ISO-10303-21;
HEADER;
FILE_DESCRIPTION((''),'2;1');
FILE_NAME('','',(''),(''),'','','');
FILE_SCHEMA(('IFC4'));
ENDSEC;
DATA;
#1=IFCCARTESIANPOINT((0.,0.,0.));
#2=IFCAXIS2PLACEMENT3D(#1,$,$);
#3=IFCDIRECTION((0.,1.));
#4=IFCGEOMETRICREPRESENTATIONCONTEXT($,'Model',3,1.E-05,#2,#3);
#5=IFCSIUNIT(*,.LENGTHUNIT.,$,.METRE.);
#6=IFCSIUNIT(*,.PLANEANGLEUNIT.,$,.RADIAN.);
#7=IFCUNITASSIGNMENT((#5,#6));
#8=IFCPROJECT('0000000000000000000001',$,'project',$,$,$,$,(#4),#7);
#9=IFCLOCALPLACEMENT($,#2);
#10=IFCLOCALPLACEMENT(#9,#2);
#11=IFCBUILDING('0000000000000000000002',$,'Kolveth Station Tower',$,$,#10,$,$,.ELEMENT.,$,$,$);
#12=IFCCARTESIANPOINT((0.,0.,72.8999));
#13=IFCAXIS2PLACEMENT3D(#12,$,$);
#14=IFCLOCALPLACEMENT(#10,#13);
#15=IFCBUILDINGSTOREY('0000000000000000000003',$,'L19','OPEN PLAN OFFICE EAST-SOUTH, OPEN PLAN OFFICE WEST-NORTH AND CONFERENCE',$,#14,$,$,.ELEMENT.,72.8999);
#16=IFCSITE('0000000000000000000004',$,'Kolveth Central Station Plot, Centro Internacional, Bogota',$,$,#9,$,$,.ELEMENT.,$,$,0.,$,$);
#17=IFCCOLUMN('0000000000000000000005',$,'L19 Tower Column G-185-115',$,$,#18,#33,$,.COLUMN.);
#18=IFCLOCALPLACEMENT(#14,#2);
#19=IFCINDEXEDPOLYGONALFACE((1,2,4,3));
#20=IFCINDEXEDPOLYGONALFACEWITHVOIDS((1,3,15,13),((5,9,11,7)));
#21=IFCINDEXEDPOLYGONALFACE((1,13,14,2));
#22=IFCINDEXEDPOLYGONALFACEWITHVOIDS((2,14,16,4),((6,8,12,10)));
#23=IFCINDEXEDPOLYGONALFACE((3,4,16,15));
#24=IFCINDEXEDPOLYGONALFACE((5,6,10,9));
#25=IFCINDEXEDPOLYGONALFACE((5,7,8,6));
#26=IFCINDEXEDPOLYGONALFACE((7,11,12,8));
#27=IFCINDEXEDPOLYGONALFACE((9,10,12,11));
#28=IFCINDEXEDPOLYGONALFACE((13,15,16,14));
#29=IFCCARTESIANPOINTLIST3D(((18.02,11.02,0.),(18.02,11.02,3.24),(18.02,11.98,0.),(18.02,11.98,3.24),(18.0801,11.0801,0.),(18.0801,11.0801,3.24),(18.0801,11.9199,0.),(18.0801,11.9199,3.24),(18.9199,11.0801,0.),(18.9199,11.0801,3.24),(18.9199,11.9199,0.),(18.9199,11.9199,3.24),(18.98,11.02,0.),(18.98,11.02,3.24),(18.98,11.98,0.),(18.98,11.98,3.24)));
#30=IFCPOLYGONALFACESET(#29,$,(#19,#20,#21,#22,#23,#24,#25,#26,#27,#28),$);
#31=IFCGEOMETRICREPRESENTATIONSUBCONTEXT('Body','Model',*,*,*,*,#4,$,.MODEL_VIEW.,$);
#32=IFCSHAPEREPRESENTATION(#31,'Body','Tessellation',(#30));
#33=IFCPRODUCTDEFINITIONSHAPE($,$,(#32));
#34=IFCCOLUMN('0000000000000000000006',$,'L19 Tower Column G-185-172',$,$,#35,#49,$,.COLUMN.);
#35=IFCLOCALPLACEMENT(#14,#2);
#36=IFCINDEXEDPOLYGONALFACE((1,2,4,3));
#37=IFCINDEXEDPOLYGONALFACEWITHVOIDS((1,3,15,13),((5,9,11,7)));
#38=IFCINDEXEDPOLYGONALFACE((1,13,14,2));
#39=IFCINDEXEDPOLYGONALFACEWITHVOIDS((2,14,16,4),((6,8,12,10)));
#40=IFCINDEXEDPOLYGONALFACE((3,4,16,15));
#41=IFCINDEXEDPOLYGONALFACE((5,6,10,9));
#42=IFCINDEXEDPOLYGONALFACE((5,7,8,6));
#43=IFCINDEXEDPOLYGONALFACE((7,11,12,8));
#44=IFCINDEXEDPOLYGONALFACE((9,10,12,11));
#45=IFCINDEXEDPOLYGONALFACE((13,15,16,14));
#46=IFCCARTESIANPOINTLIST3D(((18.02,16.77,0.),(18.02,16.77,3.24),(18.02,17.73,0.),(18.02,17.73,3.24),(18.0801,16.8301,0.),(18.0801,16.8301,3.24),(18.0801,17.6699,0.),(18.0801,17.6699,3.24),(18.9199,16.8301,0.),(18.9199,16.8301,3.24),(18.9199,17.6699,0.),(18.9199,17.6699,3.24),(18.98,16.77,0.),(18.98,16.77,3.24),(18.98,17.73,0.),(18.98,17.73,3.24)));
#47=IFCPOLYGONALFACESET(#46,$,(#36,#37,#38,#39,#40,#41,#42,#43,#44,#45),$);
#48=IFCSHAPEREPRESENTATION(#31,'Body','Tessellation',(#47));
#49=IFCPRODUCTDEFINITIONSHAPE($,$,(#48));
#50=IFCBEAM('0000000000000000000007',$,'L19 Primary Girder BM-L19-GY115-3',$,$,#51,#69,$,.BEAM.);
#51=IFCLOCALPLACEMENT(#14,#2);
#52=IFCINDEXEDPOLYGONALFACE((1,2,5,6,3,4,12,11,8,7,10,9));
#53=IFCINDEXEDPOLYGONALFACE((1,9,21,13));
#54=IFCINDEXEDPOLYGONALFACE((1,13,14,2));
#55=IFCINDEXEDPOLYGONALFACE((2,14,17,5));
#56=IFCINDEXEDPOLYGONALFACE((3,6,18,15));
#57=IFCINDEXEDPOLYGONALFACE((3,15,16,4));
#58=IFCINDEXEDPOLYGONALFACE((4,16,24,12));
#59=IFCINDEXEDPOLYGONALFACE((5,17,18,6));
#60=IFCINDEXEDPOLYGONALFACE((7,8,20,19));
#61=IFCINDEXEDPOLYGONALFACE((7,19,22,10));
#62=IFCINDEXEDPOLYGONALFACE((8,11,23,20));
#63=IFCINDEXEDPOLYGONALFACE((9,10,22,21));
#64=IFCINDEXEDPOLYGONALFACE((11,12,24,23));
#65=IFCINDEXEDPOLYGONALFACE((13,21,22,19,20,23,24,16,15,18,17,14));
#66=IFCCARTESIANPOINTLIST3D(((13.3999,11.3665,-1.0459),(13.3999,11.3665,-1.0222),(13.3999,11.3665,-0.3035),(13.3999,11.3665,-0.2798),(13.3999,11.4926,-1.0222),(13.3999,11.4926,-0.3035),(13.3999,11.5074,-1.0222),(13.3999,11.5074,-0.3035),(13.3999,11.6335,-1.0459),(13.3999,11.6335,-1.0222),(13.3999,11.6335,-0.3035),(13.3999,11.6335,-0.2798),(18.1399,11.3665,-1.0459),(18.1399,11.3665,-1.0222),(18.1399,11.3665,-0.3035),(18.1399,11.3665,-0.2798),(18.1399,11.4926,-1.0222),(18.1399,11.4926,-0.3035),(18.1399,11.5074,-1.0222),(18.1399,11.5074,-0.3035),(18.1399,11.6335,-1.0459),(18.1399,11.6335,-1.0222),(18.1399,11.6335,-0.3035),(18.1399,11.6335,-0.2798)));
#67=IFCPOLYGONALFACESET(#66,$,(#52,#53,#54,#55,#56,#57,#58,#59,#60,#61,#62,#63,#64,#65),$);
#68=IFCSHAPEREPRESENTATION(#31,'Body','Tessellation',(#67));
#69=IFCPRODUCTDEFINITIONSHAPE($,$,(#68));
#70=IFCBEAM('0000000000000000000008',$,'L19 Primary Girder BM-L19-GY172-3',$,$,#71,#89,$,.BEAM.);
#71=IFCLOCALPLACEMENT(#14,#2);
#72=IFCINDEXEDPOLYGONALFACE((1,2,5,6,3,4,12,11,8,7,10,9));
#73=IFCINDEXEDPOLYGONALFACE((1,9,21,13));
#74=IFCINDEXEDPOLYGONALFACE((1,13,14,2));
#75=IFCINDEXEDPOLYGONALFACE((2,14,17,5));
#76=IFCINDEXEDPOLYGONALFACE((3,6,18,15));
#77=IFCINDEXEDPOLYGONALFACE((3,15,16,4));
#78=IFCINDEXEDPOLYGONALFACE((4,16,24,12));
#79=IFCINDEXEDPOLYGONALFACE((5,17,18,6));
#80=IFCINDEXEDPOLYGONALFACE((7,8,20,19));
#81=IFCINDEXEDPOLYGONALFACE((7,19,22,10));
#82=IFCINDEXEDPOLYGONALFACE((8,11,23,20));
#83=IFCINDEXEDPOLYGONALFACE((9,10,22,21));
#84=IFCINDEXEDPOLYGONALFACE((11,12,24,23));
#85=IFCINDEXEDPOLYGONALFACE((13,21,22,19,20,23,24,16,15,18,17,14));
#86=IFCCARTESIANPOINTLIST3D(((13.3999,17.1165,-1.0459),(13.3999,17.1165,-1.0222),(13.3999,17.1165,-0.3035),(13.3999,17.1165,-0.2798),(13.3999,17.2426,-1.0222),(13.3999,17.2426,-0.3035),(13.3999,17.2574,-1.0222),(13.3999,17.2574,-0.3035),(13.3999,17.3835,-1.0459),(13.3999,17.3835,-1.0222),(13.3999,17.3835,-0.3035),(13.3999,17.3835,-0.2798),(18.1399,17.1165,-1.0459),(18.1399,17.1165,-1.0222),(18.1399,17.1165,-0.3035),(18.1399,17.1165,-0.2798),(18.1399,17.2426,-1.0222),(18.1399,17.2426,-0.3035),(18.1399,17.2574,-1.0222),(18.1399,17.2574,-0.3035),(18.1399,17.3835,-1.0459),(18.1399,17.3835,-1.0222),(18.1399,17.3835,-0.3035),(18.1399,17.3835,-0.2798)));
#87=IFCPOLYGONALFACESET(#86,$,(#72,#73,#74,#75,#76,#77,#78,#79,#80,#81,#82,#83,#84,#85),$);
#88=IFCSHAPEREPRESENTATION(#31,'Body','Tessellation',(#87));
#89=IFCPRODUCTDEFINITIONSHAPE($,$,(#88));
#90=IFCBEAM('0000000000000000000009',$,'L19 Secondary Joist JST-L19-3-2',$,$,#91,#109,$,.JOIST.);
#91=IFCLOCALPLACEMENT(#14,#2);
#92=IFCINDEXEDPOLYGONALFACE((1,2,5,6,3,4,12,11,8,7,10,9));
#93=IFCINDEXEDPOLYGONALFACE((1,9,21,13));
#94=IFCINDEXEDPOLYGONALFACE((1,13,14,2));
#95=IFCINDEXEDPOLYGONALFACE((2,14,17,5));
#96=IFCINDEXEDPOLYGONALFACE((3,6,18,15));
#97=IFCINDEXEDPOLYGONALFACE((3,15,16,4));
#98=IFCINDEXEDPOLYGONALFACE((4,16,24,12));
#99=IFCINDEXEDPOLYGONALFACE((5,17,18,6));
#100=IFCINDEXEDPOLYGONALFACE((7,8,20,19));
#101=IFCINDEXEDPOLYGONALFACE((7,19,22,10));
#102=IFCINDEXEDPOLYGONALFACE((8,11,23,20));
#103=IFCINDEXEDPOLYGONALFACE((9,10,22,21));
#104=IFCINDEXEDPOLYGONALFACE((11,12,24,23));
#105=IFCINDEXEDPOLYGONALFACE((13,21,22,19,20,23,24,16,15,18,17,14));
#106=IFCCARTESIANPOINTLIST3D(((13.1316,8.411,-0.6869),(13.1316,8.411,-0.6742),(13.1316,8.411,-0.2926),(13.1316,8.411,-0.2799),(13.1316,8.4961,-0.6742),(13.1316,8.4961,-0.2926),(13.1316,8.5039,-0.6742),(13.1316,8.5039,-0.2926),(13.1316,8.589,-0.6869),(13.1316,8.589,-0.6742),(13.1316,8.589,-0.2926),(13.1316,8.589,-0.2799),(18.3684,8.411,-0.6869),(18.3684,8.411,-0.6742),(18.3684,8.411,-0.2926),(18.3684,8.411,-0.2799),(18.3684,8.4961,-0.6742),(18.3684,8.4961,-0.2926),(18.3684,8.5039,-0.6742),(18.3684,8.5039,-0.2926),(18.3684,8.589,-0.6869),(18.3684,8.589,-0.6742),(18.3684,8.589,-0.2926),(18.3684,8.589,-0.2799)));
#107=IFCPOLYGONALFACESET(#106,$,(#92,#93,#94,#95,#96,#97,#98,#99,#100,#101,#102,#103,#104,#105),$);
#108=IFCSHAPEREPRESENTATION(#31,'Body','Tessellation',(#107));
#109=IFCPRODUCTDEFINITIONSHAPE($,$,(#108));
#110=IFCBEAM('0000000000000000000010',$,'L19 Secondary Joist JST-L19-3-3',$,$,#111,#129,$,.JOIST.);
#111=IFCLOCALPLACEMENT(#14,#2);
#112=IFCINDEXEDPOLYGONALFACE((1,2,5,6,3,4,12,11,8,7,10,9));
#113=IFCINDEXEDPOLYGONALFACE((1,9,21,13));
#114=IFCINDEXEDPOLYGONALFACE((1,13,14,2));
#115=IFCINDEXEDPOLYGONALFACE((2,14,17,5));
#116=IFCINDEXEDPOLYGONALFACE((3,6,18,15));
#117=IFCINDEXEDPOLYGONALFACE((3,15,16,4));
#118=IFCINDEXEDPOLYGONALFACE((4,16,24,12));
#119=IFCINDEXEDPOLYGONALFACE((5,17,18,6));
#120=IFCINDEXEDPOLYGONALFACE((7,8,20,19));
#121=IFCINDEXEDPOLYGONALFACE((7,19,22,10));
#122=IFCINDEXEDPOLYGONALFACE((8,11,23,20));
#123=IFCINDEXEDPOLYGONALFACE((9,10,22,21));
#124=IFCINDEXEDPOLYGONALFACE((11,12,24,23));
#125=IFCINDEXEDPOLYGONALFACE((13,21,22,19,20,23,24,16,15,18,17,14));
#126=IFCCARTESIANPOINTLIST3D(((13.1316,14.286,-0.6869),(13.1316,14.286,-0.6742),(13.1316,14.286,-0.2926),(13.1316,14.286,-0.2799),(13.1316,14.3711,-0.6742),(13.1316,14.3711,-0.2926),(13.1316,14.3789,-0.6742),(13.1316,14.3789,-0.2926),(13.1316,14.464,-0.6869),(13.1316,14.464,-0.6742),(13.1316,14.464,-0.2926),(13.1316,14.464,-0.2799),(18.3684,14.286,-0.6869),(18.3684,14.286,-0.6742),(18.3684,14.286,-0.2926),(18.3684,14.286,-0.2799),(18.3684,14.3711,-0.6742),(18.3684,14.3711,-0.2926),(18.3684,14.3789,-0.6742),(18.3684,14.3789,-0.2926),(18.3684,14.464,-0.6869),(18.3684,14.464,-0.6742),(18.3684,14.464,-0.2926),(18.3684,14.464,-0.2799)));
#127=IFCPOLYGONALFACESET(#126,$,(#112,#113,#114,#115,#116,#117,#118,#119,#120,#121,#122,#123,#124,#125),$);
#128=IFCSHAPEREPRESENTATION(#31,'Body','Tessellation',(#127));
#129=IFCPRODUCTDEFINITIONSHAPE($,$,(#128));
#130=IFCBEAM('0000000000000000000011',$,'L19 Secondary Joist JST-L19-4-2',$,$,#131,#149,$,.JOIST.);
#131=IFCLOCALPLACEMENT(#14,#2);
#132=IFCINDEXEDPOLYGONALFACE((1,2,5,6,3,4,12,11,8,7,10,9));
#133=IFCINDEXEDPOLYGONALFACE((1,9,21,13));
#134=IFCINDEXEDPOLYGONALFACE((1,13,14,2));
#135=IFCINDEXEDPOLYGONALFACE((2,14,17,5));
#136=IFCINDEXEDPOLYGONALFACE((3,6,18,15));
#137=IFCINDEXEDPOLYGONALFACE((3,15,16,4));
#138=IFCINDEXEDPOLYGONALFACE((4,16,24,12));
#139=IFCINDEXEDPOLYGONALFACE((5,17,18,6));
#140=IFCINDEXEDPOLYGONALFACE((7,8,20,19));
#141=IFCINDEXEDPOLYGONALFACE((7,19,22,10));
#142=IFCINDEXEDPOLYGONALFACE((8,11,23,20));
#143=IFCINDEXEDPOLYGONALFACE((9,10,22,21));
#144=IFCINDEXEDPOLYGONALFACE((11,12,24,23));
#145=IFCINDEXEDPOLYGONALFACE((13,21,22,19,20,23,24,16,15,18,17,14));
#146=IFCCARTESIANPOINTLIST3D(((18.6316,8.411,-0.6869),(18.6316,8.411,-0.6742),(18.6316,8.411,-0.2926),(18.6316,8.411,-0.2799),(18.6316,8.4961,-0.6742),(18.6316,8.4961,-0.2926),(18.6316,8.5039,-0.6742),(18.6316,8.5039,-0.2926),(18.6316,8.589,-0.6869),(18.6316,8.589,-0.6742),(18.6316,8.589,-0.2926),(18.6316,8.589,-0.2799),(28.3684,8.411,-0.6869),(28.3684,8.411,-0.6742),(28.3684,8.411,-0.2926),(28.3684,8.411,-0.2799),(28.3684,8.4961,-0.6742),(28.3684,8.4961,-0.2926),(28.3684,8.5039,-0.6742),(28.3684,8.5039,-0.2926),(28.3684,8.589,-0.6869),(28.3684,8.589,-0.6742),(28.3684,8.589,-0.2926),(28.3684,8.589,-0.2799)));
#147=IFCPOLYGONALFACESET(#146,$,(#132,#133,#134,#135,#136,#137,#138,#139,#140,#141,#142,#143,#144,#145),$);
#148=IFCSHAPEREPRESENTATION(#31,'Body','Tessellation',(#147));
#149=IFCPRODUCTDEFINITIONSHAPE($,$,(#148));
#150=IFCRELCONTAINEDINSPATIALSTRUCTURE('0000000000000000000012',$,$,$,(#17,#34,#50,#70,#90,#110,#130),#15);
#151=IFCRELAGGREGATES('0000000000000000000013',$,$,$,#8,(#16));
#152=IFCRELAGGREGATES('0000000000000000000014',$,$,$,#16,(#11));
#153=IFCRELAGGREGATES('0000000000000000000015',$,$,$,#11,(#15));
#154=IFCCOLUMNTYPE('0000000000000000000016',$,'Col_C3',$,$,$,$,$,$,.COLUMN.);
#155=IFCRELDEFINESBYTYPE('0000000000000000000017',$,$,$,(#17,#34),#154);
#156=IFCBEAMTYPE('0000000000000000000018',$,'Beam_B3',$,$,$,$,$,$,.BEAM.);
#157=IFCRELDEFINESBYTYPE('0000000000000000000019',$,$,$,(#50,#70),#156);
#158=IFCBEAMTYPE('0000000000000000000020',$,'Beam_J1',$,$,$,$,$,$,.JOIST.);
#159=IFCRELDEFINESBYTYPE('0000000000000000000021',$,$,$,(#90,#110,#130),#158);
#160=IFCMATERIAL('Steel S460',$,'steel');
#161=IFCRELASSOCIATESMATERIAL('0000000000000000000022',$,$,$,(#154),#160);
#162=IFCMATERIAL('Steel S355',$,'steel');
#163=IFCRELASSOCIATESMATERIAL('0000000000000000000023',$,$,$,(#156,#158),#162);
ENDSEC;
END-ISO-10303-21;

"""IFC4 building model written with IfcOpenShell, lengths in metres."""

from ifc_helpers import new_model, si_unit, direction, frame, origin, origin_2d, place, context, subcontext, project, spatial, hollow_rectangle, i_section, extrude, source, transform, mapped, material, material_profile, profile_set, type_object, element, save


model = new_model("IFC4")

# Units and contexts
model_context = context("Model", 3, precision=1e-05, world=origin(), true_north=direction((0.0, 1.0)))
body_context = subcontext(model_context, "Body", "Model", "MODEL_VIEW")
ifc_project = project(units=[si_unit("LENGTHUNIT", "METRE"), si_unit("PLANEANGLEUNIT", "RADIAN")], contexts=[model_context])

# Site, building, storey
site_placement = place(None, origin())
site = spatial("IfcSite", under=ifc_project, at=site_placement, Name="Kolveth Central Station Plot, Centro Internacional, Bogota", CompositionType="ELEMENT", RefElevation=0.0)
building_placement = place(site_placement, origin())
building = spatial("IfcBuilding", under=site, at=building_placement, Name="Kolveth Station Tower", CompositionType="ELEMENT")
storey_placement = place(building_placement, frame((0.0, 0.0, 72.8999)))
storey = spatial("IfcBuildingStorey", under=building, at=storey_placement, Name="L19", Description="OPEN PLAN OFFICE EAST-SOUTH, OPEN PLAN OFFICE WEST-NORTH AND CONFERENCE", CompositionType="ELEMENT", Elevation=72.8999)

# Columns
ifc_material_1 = material(Name="Steel S460", Category="steel")
ifc_material_profile_1 = material_profile(ifc_material_1, hollow_rectangle(XDim=0.96, YDim=0.96, WallThickness=0.0601, at=origin_2d()), Name="BOX960x960x60")
ifc_profile_set_1 = profile_set([ifc_material_profile_1], Name="Steel S460")
column_type = type_object("IfcColumnType", Name="Col_C3", PredefinedType="COLUMN", material=ifc_profile_set_1)
shared_shape_1 = source(origin(), body_context, "Body", "SweptSolid", [
    extrude(hollow_rectangle(XDim=0.96, YDim=0.96, WallThickness=0.0601, at=origin_2d()), origin(), (0.0, 0.0, 1.0), 3.24),
])
for number, where, z_axis, x_axis, name in (
    (1, (18.5, 11.5, 0.0), (0.0, 0.0, 1.0), (1.0, 0.0, 0.0), "L19 Tower Column G-185-115"),
    (2, (18.5, 17.25, 0.0), (0.0, 0.0, 1.0), (1.0, 0.0, 0.0), "L19 Tower Column G-185-172"),
):
    element("IfcColumn", number, at=place(storey_placement, frame(where, z_axis=z_axis, x_axis=x_axis)), inside=storey, type_object=column_type, Name=name, PredefinedType="COLUMN", context=body_context, shape_type="MappedRepresentation", body=[
        mapped(shared_shape_1, transform((0.0, 0.0, 0.0), x_axis=(1.0, 0.0, 0.0), y_axis=(0.0, 1.0, 0.0), z_axis=(0.0, 0.0, 1.0), scale=1.0)),
    ])

# Beams
ifc_material_2 = material(Name="Steel S355", Category="steel")
ifc_material_profile_2 = material_profile(ifc_material_2, i_section(OverallWidth=0.2671, OverallDepth=0.7661, WebThickness=0.0149, FlangeThickness=0.0237, at=origin_2d()), Name="W760x185")
ifc_profile_set_2 = profile_set([ifc_material_profile_2], Name="Steel S355")
beam_type_1 = type_object("IfcBeamType", Name="Beam_B3", PredefinedType="BEAM", material=ifc_profile_set_2)
shared_shape_2 = source(origin(), body_context, "Body", "SweptSolid", [
    extrude(i_section(OverallWidth=0.2671, OverallDepth=0.7661, WebThickness=0.0149, FlangeThickness=0.0237, at=origin_2d()), origin(), (0.0, 0.0, 1.0), 4.74),
])
for number, where, z_axis, x_axis, name in (
    (3, (13.3999, 11.5, -0.6628), (1.0, 0.0, 0.0), (0.0, 1.0, 0.0), "L19 Primary Girder BM-L19-GY115-3"),
    (4, (13.3999, 17.25, -0.6628), (1.0, 0.0, 0.0), (0.0, 1.0, 0.0), "L19 Primary Girder BM-L19-GY172-3"),
):
    element("IfcBeam", number, at=place(storey_placement, frame(where, z_axis=z_axis, x_axis=x_axis)), inside=storey, type_object=beam_type_1, Name=name, PredefinedType="BEAM", context=body_context, shape_type="MappedRepresentation", body=[
        mapped(shared_shape_2, transform((0.0, 0.0, 0.0), x_axis=(1.0, 0.0, 0.0), y_axis=(0.0, 1.0, 0.0), z_axis=(0.0, 0.0, 1.0), scale=1.0)),
    ])
ifc_material_profile_3 = material_profile(ifc_material_2, i_section(OverallWidth=0.178, OverallDepth=0.407, WebThickness=0.0078, FlangeThickness=0.0127, at=origin_2d()), Name="W410x60")
ifc_profile_set_3 = profile_set([ifc_material_profile_3], Name="Steel S355")
beam_type_2 = type_object("IfcBeamType", Name="Beam_J1", PredefinedType="JOIST", material=ifc_profile_set_3)
shared_shape_3 = source(origin(), body_context, "Body", "SweptSolid", [
    extrude(i_section(OverallWidth=0.178, OverallDepth=0.407, WebThickness=0.0078, FlangeThickness=0.0127, at=origin_2d()), origin(), (0.0, 0.0, 1.0), 5.2368),
])
for number, where, z_axis, x_axis, name in (
    (5, (13.1316, 8.5, -0.4834), (1.0, 0.0, 0.0), (0.0, 1.0, 0.0), "L19 Secondary Joist JST-L19-3-2"),
    (6, (13.1316, 14.375, -0.4834), (1.0, 0.0, 0.0), (0.0, 1.0, 0.0), "L19 Secondary Joist JST-L19-3-3"),
):
    element("IfcBeam", number, at=place(storey_placement, frame(where, z_axis=z_axis, x_axis=x_axis)), inside=storey, type_object=beam_type_2, Name=name, PredefinedType="JOIST", context=body_context, shape_type="MappedRepresentation", body=[
        mapped(shared_shape_3, transform((0.0, 0.0, 0.0), x_axis=(1.0, 0.0, 0.0), y_axis=(0.0, 1.0, 0.0), z_axis=(0.0, 0.0, 1.0), scale=1.0)),
    ])
shared_shape_4 = source(origin(), body_context, "Body", "SweptSolid", [
    extrude(i_section(OverallWidth=0.178, OverallDepth=0.407, WebThickness=0.0078, FlangeThickness=0.0127, at=origin_2d()), origin(), (0.0, 0.0, 1.0), 9.7368),
])
beam_placement = place(storey_placement, frame((18.6316, 8.5, -0.4834), z_axis=(1.0, 0.0, 0.0), x_axis=(0.0, 1.0, 0.0)))
element("IfcBeam", 7, at=beam_placement, inside=storey, type_object=beam_type_2, Name="L19 Secondary Joist JST-L19-4-2", PredefinedType="JOIST", context=body_context, shape_type="MappedRepresentation", body=[
    mapped(shared_shape_4, transform((0.0, 0.0, 0.0), x_axis=(1.0, 0.0, 0.0), y_axis=(0.0, 1.0, 0.0), z_axis=(0.0, 0.0, 1.0), scale=1.0)),
])

save(model, "model.ifc")
